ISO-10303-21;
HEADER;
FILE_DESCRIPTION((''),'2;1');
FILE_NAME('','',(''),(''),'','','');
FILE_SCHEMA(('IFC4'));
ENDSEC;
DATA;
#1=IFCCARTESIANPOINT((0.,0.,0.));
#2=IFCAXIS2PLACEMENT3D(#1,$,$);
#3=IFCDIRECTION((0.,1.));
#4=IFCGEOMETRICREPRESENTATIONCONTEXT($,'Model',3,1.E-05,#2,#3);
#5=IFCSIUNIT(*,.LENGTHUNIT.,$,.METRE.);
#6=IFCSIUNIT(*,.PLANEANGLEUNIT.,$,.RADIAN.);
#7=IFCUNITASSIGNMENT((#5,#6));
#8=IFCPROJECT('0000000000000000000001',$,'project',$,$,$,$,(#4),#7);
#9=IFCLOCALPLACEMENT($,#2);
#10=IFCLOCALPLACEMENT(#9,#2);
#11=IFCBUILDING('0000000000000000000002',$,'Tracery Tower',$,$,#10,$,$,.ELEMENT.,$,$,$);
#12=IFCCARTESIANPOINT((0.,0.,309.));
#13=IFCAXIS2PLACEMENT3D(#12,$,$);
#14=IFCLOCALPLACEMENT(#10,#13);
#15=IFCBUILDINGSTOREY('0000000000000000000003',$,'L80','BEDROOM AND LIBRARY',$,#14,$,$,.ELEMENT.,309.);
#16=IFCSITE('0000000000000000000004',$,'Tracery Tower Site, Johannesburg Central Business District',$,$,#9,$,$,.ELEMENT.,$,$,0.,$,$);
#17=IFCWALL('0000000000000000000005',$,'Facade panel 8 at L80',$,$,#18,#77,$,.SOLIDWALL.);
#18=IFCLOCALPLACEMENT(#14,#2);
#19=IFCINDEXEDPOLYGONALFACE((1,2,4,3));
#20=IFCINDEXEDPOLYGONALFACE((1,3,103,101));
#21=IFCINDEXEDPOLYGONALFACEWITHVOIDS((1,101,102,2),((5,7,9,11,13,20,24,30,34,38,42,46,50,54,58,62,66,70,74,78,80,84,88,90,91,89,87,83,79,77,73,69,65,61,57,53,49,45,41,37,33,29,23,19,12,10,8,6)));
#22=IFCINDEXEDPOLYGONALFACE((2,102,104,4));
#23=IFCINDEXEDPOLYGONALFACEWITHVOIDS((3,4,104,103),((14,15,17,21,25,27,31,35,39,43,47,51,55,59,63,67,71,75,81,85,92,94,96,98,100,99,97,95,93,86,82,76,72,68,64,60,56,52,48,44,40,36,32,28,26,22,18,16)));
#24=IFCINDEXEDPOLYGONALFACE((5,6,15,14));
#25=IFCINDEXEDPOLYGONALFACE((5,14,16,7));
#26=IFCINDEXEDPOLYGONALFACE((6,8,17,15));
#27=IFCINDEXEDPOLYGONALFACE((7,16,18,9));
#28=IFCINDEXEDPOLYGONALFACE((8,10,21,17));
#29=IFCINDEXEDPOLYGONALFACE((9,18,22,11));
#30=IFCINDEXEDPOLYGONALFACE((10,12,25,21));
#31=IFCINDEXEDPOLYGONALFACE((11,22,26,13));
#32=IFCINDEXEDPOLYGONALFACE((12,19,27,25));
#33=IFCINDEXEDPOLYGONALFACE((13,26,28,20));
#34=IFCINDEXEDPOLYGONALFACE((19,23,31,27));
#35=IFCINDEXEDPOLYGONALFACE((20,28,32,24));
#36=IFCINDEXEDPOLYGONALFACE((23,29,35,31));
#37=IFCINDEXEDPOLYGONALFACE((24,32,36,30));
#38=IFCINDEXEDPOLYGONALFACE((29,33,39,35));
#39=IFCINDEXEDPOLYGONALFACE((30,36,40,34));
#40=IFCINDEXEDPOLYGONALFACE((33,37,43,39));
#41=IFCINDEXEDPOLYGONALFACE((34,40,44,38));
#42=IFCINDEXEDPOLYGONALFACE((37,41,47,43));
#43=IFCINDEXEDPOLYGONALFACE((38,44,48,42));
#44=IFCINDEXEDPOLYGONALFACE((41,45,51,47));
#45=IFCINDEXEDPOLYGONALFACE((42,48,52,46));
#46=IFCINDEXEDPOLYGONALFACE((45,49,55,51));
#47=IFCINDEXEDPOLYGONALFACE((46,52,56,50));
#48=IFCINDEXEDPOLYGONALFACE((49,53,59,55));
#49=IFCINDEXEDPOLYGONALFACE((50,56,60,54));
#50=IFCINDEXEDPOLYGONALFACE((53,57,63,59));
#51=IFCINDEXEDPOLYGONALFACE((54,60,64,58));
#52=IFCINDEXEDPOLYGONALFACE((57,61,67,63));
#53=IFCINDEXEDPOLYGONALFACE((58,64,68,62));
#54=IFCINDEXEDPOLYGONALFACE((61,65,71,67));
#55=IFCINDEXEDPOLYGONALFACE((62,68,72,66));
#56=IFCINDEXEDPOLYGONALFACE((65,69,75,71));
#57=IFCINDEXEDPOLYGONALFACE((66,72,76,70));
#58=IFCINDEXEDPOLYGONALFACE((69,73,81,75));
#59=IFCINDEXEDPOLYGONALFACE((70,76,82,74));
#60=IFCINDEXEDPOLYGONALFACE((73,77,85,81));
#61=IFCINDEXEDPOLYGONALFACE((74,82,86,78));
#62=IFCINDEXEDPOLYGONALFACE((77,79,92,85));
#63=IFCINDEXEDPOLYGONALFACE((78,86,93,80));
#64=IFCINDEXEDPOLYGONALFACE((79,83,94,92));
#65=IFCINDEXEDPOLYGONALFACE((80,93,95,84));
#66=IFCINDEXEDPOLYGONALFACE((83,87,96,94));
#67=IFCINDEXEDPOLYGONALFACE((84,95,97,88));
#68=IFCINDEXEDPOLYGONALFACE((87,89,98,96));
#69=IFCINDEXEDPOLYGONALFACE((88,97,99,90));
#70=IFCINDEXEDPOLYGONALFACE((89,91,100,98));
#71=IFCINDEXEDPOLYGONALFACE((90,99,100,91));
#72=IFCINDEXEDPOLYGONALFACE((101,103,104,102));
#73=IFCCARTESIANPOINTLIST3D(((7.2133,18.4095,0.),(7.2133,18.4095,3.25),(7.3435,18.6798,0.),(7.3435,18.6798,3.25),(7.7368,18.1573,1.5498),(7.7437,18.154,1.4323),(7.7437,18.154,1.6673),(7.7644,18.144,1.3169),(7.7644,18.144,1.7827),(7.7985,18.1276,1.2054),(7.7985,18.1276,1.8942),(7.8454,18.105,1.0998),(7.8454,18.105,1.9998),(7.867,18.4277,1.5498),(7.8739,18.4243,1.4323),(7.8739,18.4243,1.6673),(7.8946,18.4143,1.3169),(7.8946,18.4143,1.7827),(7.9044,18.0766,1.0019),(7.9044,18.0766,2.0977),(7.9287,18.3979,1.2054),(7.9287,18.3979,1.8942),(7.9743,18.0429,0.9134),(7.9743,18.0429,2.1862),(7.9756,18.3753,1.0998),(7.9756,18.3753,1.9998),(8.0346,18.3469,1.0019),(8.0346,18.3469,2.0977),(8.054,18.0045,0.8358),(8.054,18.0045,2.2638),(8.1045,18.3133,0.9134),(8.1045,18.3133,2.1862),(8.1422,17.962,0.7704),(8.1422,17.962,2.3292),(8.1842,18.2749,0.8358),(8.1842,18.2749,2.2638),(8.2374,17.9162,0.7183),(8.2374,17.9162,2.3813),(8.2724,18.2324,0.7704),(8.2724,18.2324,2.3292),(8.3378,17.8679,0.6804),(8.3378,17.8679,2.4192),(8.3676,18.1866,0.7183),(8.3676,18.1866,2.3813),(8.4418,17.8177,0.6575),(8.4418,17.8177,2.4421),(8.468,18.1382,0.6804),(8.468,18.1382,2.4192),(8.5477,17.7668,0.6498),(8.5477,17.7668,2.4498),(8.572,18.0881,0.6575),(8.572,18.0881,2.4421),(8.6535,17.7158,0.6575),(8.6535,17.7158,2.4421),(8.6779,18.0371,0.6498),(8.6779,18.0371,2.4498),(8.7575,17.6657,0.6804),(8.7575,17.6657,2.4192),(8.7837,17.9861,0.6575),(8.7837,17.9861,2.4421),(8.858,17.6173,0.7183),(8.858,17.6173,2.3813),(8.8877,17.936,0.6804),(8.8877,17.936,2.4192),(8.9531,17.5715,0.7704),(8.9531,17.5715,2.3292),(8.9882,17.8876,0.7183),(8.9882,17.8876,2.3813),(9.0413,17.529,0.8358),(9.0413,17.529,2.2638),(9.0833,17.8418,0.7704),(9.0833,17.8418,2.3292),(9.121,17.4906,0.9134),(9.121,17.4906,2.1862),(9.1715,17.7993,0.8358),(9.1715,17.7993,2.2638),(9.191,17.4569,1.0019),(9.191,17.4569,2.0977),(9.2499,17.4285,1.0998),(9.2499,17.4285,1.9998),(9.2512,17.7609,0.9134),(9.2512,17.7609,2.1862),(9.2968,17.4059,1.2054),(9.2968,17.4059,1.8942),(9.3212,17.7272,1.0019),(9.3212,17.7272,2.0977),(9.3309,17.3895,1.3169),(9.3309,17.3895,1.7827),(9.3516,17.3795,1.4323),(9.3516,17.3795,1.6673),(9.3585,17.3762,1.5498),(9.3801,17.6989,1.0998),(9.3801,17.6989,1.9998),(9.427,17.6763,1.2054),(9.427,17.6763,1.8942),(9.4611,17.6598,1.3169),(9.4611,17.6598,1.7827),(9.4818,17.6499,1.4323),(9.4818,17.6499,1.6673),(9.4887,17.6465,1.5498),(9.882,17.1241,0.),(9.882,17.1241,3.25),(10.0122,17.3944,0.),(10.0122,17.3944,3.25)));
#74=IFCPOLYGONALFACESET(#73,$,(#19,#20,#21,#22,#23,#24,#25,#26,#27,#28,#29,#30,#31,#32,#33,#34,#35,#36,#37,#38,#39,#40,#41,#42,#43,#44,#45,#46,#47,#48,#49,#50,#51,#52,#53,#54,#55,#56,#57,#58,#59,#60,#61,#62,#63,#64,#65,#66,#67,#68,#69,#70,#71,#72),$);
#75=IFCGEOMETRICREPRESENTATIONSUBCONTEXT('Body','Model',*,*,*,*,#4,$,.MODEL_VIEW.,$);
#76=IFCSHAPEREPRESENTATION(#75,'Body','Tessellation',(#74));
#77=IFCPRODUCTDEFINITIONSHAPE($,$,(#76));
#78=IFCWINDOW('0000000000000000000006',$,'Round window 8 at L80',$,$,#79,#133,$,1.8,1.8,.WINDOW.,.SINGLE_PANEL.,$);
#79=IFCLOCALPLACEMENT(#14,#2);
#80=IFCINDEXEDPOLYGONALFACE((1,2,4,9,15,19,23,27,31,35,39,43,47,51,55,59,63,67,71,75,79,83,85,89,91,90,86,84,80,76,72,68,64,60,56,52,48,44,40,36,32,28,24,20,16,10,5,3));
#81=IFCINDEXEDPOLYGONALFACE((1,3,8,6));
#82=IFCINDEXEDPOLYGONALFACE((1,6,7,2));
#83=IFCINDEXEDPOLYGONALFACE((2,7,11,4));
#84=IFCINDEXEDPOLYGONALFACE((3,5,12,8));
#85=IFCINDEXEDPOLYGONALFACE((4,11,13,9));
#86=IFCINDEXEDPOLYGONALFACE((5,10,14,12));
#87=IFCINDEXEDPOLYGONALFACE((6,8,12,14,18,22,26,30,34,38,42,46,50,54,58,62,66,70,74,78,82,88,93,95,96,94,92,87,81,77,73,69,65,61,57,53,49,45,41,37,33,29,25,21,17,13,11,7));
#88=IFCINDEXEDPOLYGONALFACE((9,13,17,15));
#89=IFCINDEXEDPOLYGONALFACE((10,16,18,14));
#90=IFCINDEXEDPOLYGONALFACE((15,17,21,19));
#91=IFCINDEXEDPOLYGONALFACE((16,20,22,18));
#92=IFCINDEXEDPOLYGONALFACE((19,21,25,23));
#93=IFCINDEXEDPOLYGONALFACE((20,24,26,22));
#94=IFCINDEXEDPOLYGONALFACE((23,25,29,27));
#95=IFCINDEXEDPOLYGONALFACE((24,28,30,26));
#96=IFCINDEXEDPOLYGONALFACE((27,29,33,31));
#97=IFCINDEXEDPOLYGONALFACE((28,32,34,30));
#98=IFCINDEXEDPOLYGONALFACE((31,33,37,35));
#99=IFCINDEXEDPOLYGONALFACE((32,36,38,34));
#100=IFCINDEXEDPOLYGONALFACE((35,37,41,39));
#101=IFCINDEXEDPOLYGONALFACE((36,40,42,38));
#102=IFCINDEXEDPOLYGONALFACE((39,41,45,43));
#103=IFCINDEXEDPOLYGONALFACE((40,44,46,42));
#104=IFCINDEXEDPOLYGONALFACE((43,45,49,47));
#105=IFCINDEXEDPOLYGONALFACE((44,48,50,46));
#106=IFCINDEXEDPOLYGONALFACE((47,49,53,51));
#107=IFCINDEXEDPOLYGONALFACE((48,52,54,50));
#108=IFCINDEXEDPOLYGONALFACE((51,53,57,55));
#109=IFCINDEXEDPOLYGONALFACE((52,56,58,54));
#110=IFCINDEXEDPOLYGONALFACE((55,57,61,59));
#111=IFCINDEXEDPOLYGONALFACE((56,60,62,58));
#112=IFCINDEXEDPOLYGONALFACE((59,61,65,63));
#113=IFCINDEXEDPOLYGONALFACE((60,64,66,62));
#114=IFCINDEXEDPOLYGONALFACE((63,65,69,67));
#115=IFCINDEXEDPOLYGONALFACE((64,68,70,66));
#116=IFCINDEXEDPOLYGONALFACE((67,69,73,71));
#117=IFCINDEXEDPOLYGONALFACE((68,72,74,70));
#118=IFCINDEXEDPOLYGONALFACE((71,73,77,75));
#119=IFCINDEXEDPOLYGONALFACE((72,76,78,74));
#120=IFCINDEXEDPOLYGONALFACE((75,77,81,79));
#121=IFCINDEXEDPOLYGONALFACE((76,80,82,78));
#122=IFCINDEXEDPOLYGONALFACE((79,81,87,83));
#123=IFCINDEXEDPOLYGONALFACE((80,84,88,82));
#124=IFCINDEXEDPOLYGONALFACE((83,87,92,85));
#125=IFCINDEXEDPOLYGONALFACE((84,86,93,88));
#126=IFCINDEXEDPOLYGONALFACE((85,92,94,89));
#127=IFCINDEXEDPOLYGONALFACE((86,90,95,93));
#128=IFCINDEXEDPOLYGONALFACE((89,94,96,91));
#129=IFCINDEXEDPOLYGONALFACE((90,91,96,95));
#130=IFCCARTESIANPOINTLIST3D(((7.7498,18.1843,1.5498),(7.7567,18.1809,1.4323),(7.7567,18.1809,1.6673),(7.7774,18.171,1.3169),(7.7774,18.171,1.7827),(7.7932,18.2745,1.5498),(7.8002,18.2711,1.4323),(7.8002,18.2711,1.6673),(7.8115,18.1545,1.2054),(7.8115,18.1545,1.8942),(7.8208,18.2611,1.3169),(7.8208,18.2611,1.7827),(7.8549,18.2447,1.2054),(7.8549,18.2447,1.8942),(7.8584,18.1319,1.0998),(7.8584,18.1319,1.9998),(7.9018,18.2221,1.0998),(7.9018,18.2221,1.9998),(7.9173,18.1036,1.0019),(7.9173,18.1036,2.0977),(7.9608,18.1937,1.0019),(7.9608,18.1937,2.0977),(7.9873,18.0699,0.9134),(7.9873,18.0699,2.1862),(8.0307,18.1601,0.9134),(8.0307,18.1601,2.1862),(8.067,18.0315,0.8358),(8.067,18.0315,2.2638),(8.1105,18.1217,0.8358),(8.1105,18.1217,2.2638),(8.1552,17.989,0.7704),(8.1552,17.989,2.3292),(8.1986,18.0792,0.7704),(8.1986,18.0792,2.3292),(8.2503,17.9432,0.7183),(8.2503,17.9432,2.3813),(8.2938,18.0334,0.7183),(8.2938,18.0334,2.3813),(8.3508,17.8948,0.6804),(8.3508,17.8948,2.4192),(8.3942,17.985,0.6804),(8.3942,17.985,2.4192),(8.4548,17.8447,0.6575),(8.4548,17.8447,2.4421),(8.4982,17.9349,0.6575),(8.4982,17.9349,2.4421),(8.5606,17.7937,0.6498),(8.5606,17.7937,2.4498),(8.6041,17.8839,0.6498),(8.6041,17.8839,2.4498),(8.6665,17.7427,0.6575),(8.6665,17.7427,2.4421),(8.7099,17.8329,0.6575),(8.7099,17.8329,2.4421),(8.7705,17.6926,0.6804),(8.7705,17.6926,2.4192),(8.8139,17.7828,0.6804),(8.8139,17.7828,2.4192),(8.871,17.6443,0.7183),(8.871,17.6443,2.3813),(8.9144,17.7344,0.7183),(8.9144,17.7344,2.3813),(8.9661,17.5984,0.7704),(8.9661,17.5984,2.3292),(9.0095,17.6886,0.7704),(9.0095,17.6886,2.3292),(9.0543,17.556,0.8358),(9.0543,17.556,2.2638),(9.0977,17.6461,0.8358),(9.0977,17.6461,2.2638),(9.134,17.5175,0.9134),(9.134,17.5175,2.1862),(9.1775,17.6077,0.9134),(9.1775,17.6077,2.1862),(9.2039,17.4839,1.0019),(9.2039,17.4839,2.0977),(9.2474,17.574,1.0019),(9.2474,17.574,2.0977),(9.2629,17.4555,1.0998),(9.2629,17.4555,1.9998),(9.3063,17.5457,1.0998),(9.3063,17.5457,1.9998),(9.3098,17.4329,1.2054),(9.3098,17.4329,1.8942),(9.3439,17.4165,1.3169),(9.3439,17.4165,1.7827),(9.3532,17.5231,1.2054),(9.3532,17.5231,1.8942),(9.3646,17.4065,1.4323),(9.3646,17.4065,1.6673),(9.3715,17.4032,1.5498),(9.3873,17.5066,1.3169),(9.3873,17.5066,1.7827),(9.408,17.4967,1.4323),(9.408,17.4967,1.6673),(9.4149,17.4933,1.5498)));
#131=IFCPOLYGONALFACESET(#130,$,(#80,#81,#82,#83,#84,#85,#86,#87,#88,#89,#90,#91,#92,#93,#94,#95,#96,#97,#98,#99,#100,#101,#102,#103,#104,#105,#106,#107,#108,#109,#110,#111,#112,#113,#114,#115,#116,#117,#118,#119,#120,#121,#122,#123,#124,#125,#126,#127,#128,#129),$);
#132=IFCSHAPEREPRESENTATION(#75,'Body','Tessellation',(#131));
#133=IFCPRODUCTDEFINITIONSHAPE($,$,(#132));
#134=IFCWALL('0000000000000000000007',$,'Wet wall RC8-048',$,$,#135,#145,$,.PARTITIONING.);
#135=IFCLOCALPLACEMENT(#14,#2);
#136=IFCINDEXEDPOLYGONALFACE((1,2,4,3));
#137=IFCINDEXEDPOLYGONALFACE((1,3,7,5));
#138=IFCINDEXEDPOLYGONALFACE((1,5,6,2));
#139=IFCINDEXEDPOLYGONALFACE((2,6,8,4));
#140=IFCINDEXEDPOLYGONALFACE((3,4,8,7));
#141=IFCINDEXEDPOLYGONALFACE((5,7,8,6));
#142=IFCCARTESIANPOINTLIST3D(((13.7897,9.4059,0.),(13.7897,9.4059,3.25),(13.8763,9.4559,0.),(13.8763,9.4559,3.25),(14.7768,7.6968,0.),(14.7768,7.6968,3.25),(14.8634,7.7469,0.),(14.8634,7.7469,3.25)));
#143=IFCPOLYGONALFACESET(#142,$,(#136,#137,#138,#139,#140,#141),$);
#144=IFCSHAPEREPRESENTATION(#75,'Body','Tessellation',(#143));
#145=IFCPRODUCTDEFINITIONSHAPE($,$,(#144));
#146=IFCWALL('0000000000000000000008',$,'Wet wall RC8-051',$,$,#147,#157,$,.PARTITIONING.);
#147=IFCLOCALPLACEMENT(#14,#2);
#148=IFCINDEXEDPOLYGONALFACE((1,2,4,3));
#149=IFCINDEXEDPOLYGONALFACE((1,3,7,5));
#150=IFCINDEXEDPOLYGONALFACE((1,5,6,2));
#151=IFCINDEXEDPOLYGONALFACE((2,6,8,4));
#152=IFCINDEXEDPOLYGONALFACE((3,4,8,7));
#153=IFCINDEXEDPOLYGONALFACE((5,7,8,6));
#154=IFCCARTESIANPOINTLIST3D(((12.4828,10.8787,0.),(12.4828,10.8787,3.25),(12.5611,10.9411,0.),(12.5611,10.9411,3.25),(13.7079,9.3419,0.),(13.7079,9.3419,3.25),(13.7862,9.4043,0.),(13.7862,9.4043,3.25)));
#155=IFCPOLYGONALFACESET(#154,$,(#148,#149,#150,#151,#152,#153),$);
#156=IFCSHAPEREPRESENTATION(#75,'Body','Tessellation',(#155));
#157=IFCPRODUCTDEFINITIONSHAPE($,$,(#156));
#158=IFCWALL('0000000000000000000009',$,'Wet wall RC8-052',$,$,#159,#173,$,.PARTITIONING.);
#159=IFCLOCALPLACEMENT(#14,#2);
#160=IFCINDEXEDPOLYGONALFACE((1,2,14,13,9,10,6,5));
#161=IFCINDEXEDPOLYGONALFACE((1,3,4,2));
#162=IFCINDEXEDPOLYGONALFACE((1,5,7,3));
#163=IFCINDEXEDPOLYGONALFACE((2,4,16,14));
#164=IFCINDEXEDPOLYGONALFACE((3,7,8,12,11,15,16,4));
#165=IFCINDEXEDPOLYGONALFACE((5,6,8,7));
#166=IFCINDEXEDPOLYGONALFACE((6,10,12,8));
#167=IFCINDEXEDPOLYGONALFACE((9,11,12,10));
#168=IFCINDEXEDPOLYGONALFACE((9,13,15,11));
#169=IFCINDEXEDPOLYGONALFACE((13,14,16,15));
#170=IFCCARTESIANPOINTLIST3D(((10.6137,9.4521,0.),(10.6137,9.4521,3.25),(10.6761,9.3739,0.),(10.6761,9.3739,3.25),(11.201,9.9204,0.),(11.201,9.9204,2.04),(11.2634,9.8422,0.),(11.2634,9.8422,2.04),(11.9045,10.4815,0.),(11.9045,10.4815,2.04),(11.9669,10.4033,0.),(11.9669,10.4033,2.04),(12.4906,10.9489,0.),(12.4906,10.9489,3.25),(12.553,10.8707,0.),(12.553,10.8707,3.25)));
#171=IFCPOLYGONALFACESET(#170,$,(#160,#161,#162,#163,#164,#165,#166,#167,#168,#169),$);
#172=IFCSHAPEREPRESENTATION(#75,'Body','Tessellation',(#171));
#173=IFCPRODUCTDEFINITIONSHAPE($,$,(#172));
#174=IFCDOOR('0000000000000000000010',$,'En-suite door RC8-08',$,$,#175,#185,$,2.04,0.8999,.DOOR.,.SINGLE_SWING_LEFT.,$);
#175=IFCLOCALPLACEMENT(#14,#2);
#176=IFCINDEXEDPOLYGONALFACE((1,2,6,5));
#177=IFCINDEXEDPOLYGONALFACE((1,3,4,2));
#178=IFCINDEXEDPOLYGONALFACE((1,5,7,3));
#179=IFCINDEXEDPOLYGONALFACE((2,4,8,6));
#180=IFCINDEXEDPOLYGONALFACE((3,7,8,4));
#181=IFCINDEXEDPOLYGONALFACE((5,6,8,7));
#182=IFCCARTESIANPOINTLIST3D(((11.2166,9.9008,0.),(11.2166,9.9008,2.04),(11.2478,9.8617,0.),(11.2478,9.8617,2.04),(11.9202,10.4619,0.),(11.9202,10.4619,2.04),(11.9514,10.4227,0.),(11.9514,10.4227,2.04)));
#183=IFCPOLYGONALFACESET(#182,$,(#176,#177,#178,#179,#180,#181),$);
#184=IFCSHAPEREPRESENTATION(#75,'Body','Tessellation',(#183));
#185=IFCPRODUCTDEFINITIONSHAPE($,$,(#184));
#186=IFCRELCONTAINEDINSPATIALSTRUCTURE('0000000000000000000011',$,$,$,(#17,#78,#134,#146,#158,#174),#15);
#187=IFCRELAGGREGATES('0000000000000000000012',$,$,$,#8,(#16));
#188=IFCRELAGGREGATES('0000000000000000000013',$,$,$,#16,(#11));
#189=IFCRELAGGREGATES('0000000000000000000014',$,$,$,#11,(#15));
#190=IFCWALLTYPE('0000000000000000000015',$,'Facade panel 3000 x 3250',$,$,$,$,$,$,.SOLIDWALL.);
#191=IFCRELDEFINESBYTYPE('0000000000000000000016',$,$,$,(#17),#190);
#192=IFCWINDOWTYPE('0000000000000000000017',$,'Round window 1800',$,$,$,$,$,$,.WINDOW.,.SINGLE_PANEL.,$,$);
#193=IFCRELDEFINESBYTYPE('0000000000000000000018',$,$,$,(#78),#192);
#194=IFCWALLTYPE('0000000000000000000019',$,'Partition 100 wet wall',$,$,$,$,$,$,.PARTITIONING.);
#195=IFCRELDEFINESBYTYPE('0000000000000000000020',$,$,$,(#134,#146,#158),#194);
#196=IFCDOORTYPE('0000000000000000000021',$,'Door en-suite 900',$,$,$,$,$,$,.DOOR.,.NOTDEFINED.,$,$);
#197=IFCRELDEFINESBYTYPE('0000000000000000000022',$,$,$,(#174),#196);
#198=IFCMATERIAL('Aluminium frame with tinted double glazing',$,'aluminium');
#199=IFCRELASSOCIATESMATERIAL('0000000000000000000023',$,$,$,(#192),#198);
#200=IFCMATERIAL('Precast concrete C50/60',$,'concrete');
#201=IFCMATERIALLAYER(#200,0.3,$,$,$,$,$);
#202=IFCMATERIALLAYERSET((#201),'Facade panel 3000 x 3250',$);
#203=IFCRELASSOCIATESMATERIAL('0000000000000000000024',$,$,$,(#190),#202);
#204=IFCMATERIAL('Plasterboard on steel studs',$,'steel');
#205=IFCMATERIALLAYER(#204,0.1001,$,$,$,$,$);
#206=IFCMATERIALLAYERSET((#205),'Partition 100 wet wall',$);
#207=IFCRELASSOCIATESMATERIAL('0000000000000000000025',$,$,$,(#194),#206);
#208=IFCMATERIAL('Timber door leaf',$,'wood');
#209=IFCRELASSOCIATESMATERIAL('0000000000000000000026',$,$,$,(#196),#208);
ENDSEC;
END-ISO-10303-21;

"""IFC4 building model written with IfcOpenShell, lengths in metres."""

from ifc_helpers import new_model, si_unit, direction, frame, frame_2d, origin, origin_2d, place, context, subcontext, project, spatial, rectangle, circle, extrude, material, layer, layer_set, type_object, element, fill, save


model = new_model("IFC4")

# Units and contexts
model_context = context("Model", 3, precision=1e-05, world=origin(), true_north=direction((0.0, 1.0)))
body_context = subcontext(model_context, "Body", "Model", "MODEL_VIEW")
ifc_project = project(units=[si_unit("LENGTHUNIT", "METRE"), si_unit("PLANEANGLEUNIT", "RADIAN")], contexts=[model_context])

# Site, building, storey
site_placement = place(None, origin())
site = spatial("IfcSite", under=ifc_project, at=site_placement, Name="Tracery Tower Site, Johannesburg Central Business District", CompositionType="ELEMENT", RefElevation=0.0)
building_placement = place(site_placement, origin())
building = spatial("IfcBuilding", under=site, at=building_placement, Name="Tracery Tower", CompositionType="ELEMENT")
storey_placement = place(building_placement, frame((0.0, 0.0, 309.0)))
storey = spatial("IfcBuildingStorey", under=building, at=storey_placement, Name="L80", Description="BEDROOM AND LIBRARY", CompositionType="ELEMENT", Elevation=309.0)

# Wall, opening, window
ifc_material_1 = material(Name="Aluminium frame with tinted double glazing", Category="aluminium")
window_type = type_object("IfcWindowType", Name="Round window 1800", PartitioningType="SINGLE_PANEL", PredefinedType="WINDOW", material=ifc_material_1)
ifc_material_2 = material(Name="Precast concrete C50/60", Category="concrete")
ifc_layer_1 = layer(ifc_material_2, 0.3)
ifc_layer_set_1 = layer_set([ifc_layer_1], Name="Facade panel 3000 x 3250")
wall_type_1 = type_object("IfcWallType", Name="Facade panel 3000 x 3250", PredefinedType="SOLIDWALL", material=ifc_layer_set_1)
wall_1_placement = place(storey_placement, frame((9.947, 17.2593, 0.0), z_axis=(0.0, 0.0, 1.0), x_axis=(-0.90094, 0.433944, 0.0)))
wall_1 = element("IfcWall", 1, at=wall_1_placement, inside=storey, type_object=wall_type_1, Name="Facade panel 8 at L80", PredefinedType="SOLIDWALL", context=body_context, shape_type="SweptSolid", body=[
    extrude(rectangle(XDim=2.9622, YDim=0.3, at=frame_2d((1.481, 0.0))), origin(), (0.0, 0.0, 1.0), 3.25),
])
opening_1_placement = place(wall_1_placement, frame((1.481, 0.0, 1.5498)))
opening_1 = element("IfcOpeningElement", 2, at=opening_1_placement, cuts=wall_1, PredefinedType="OPENING", context=body_context, shape_type="SweptSolid", body=[
    extrude(circle(Radius=0.9, at=origin_2d()), frame((0.0, 0.1599, 0.0), z_axis=(0.0, -1.0, 0.0), x_axis=(1.0, 0.0, 0.0)), (0.0, 0.0, 1.0), 0.3201),
])
window_1_placement = place(opening_1_placement, origin())
window_1 = element("IfcWindow", 3, at=window_1_placement, inside=storey, type_object=window_type, Name="Round window 8 at L80", OverallHeight=1.8, OverallWidth=1.8, PartitioningType="SINGLE_PANEL", PredefinedType="WINDOW", context=body_context, shape_type="SweptSolid", body=[
    extrude(circle(Radius=0.9, at=origin_2d()), frame((0.0, 0.1201, 0.0), z_axis=(0.0, -1.0, 0.0), x_axis=(1.0, 0.0, 0.0)), (0.0, 0.0, 1.0), 0.1001),
])
fill(opening_1, window_1)

# Walls
ifc_material_3 = material(Name="Plasterboard on steel studs", Category="steel")
ifc_layer_2 = layer(ifc_material_3, 0.1001)
ifc_layer_set_2 = layer_set([ifc_layer_2], Name="Partition 100 wet wall")
wall_type_2 = type_object("IfcWallType", Name="Partition 100 wet wall", PredefinedType="PARTITIONING", material=ifc_layer_set_2)
wall_2_placement = place(storey_placement, frame((13.833, 9.4309, 0.0), z_axis=(0.0, 0.0, 1.0), x_axis=(0.500144, -0.865942, 0.0)))
element("IfcWall", 4, at=wall_2_placement, inside=storey, type_object=wall_type_2, Name="Wet wall RC8-048", PredefinedType="PARTITIONING", context=body_context, shape_type="SweptSolid", body=[
    extrude(rectangle(XDim=1.9736, YDim=0.1001, at=frame_2d((0.9868, 0.0))), origin(), (0.0, 0.0, 1.0), 3.25),
])
wall_3_placement = place(storey_placement, frame((12.522, 10.9099, 0.0), z_axis=(0.0, 0.0, 1.0), x_axis=(0.623331, -0.781958, 0.0)))
element("IfcWall", 5, at=wall_3_placement, inside=storey, type_object=wall_type_2, Name="Wet wall RC8-051", PredefinedType="PARTITIONING", context=body_context, shape_type="SweptSolid", body=[
    extrude(rectangle(XDim=1.9653, YDim=0.1001, at=frame_2d((0.9827, 0.0))), origin(), (0.0, 0.0, 1.0), 3.25),
])

# Wall, opening, door
wall_4_placement = place(storey_placement, frame((10.645, 9.4131, 0.0), z_axis=(0.0, 0.0, 1.0), x_axis=(0.78183, 0.623491, 0.0)))
wall_4 = element("IfcWall", 6, at=wall_4_placement, inside=storey, type_object=wall_type_2, Name="Wet wall RC8-052", PredefinedType="PARTITIONING", context=body_context, shape_type="SweptSolid", body=[
    extrude(rectangle(XDim=2.4006, YDim=0.1001, at=frame_2d((1.2002, 0.0))), origin(), (0.0, 0.0, 1.0), 3.25),
])
opening_2_placement = place(wall_4_placement, frame((0.751, 0.0, 0.0)))
opening_2 = element("IfcOpeningElement", 7, at=opening_2_placement, cuts=wall_4, PredefinedType="OPENING", context=body_context, shape_type="SweptSolid", body=[
    extrude(rectangle(XDim=0.8999, YDim=2.04, at=frame_2d((0.45, 1.02))), frame((0.0, 0.05, 0.0), z_axis=(0.0, -1.0, 0.0), x_axis=(1.0, 0.0, 0.0)), (0.0, 0.0, 1.0), 0.1001),
])
ifc_material_4 = material(Name="Timber door leaf", Category="wood")
door_type = type_object("IfcDoorType", Name="Door en-suite 900", OperationType="NOTDEFINED", PredefinedType="DOOR", material=ifc_material_4)
door_placement = place(opening_2_placement, origin())
door = element("IfcDoor", 8, at=door_placement, inside=storey, type_object=door_type, Name="En-suite door RC8-08", OperationType="SINGLE_SWING_LEFT", OverallHeight=2.04, OverallWidth=0.8999, PredefinedType="DOOR", context=body_context, shape_type="SweptSolid", body=[
    extrude(rectangle(XDim=0.8999, YDim=2.04, at=frame_2d((0.45, 1.02))), frame((0.0, 0.0249, 0.0), z_axis=(0.0, -1.0, 0.0), x_axis=(1.0, 0.0, 0.0)), (0.0, 0.0, 1.0), 0.05),
])
fill(opening_2, door)

save(model, "model.ifc")
